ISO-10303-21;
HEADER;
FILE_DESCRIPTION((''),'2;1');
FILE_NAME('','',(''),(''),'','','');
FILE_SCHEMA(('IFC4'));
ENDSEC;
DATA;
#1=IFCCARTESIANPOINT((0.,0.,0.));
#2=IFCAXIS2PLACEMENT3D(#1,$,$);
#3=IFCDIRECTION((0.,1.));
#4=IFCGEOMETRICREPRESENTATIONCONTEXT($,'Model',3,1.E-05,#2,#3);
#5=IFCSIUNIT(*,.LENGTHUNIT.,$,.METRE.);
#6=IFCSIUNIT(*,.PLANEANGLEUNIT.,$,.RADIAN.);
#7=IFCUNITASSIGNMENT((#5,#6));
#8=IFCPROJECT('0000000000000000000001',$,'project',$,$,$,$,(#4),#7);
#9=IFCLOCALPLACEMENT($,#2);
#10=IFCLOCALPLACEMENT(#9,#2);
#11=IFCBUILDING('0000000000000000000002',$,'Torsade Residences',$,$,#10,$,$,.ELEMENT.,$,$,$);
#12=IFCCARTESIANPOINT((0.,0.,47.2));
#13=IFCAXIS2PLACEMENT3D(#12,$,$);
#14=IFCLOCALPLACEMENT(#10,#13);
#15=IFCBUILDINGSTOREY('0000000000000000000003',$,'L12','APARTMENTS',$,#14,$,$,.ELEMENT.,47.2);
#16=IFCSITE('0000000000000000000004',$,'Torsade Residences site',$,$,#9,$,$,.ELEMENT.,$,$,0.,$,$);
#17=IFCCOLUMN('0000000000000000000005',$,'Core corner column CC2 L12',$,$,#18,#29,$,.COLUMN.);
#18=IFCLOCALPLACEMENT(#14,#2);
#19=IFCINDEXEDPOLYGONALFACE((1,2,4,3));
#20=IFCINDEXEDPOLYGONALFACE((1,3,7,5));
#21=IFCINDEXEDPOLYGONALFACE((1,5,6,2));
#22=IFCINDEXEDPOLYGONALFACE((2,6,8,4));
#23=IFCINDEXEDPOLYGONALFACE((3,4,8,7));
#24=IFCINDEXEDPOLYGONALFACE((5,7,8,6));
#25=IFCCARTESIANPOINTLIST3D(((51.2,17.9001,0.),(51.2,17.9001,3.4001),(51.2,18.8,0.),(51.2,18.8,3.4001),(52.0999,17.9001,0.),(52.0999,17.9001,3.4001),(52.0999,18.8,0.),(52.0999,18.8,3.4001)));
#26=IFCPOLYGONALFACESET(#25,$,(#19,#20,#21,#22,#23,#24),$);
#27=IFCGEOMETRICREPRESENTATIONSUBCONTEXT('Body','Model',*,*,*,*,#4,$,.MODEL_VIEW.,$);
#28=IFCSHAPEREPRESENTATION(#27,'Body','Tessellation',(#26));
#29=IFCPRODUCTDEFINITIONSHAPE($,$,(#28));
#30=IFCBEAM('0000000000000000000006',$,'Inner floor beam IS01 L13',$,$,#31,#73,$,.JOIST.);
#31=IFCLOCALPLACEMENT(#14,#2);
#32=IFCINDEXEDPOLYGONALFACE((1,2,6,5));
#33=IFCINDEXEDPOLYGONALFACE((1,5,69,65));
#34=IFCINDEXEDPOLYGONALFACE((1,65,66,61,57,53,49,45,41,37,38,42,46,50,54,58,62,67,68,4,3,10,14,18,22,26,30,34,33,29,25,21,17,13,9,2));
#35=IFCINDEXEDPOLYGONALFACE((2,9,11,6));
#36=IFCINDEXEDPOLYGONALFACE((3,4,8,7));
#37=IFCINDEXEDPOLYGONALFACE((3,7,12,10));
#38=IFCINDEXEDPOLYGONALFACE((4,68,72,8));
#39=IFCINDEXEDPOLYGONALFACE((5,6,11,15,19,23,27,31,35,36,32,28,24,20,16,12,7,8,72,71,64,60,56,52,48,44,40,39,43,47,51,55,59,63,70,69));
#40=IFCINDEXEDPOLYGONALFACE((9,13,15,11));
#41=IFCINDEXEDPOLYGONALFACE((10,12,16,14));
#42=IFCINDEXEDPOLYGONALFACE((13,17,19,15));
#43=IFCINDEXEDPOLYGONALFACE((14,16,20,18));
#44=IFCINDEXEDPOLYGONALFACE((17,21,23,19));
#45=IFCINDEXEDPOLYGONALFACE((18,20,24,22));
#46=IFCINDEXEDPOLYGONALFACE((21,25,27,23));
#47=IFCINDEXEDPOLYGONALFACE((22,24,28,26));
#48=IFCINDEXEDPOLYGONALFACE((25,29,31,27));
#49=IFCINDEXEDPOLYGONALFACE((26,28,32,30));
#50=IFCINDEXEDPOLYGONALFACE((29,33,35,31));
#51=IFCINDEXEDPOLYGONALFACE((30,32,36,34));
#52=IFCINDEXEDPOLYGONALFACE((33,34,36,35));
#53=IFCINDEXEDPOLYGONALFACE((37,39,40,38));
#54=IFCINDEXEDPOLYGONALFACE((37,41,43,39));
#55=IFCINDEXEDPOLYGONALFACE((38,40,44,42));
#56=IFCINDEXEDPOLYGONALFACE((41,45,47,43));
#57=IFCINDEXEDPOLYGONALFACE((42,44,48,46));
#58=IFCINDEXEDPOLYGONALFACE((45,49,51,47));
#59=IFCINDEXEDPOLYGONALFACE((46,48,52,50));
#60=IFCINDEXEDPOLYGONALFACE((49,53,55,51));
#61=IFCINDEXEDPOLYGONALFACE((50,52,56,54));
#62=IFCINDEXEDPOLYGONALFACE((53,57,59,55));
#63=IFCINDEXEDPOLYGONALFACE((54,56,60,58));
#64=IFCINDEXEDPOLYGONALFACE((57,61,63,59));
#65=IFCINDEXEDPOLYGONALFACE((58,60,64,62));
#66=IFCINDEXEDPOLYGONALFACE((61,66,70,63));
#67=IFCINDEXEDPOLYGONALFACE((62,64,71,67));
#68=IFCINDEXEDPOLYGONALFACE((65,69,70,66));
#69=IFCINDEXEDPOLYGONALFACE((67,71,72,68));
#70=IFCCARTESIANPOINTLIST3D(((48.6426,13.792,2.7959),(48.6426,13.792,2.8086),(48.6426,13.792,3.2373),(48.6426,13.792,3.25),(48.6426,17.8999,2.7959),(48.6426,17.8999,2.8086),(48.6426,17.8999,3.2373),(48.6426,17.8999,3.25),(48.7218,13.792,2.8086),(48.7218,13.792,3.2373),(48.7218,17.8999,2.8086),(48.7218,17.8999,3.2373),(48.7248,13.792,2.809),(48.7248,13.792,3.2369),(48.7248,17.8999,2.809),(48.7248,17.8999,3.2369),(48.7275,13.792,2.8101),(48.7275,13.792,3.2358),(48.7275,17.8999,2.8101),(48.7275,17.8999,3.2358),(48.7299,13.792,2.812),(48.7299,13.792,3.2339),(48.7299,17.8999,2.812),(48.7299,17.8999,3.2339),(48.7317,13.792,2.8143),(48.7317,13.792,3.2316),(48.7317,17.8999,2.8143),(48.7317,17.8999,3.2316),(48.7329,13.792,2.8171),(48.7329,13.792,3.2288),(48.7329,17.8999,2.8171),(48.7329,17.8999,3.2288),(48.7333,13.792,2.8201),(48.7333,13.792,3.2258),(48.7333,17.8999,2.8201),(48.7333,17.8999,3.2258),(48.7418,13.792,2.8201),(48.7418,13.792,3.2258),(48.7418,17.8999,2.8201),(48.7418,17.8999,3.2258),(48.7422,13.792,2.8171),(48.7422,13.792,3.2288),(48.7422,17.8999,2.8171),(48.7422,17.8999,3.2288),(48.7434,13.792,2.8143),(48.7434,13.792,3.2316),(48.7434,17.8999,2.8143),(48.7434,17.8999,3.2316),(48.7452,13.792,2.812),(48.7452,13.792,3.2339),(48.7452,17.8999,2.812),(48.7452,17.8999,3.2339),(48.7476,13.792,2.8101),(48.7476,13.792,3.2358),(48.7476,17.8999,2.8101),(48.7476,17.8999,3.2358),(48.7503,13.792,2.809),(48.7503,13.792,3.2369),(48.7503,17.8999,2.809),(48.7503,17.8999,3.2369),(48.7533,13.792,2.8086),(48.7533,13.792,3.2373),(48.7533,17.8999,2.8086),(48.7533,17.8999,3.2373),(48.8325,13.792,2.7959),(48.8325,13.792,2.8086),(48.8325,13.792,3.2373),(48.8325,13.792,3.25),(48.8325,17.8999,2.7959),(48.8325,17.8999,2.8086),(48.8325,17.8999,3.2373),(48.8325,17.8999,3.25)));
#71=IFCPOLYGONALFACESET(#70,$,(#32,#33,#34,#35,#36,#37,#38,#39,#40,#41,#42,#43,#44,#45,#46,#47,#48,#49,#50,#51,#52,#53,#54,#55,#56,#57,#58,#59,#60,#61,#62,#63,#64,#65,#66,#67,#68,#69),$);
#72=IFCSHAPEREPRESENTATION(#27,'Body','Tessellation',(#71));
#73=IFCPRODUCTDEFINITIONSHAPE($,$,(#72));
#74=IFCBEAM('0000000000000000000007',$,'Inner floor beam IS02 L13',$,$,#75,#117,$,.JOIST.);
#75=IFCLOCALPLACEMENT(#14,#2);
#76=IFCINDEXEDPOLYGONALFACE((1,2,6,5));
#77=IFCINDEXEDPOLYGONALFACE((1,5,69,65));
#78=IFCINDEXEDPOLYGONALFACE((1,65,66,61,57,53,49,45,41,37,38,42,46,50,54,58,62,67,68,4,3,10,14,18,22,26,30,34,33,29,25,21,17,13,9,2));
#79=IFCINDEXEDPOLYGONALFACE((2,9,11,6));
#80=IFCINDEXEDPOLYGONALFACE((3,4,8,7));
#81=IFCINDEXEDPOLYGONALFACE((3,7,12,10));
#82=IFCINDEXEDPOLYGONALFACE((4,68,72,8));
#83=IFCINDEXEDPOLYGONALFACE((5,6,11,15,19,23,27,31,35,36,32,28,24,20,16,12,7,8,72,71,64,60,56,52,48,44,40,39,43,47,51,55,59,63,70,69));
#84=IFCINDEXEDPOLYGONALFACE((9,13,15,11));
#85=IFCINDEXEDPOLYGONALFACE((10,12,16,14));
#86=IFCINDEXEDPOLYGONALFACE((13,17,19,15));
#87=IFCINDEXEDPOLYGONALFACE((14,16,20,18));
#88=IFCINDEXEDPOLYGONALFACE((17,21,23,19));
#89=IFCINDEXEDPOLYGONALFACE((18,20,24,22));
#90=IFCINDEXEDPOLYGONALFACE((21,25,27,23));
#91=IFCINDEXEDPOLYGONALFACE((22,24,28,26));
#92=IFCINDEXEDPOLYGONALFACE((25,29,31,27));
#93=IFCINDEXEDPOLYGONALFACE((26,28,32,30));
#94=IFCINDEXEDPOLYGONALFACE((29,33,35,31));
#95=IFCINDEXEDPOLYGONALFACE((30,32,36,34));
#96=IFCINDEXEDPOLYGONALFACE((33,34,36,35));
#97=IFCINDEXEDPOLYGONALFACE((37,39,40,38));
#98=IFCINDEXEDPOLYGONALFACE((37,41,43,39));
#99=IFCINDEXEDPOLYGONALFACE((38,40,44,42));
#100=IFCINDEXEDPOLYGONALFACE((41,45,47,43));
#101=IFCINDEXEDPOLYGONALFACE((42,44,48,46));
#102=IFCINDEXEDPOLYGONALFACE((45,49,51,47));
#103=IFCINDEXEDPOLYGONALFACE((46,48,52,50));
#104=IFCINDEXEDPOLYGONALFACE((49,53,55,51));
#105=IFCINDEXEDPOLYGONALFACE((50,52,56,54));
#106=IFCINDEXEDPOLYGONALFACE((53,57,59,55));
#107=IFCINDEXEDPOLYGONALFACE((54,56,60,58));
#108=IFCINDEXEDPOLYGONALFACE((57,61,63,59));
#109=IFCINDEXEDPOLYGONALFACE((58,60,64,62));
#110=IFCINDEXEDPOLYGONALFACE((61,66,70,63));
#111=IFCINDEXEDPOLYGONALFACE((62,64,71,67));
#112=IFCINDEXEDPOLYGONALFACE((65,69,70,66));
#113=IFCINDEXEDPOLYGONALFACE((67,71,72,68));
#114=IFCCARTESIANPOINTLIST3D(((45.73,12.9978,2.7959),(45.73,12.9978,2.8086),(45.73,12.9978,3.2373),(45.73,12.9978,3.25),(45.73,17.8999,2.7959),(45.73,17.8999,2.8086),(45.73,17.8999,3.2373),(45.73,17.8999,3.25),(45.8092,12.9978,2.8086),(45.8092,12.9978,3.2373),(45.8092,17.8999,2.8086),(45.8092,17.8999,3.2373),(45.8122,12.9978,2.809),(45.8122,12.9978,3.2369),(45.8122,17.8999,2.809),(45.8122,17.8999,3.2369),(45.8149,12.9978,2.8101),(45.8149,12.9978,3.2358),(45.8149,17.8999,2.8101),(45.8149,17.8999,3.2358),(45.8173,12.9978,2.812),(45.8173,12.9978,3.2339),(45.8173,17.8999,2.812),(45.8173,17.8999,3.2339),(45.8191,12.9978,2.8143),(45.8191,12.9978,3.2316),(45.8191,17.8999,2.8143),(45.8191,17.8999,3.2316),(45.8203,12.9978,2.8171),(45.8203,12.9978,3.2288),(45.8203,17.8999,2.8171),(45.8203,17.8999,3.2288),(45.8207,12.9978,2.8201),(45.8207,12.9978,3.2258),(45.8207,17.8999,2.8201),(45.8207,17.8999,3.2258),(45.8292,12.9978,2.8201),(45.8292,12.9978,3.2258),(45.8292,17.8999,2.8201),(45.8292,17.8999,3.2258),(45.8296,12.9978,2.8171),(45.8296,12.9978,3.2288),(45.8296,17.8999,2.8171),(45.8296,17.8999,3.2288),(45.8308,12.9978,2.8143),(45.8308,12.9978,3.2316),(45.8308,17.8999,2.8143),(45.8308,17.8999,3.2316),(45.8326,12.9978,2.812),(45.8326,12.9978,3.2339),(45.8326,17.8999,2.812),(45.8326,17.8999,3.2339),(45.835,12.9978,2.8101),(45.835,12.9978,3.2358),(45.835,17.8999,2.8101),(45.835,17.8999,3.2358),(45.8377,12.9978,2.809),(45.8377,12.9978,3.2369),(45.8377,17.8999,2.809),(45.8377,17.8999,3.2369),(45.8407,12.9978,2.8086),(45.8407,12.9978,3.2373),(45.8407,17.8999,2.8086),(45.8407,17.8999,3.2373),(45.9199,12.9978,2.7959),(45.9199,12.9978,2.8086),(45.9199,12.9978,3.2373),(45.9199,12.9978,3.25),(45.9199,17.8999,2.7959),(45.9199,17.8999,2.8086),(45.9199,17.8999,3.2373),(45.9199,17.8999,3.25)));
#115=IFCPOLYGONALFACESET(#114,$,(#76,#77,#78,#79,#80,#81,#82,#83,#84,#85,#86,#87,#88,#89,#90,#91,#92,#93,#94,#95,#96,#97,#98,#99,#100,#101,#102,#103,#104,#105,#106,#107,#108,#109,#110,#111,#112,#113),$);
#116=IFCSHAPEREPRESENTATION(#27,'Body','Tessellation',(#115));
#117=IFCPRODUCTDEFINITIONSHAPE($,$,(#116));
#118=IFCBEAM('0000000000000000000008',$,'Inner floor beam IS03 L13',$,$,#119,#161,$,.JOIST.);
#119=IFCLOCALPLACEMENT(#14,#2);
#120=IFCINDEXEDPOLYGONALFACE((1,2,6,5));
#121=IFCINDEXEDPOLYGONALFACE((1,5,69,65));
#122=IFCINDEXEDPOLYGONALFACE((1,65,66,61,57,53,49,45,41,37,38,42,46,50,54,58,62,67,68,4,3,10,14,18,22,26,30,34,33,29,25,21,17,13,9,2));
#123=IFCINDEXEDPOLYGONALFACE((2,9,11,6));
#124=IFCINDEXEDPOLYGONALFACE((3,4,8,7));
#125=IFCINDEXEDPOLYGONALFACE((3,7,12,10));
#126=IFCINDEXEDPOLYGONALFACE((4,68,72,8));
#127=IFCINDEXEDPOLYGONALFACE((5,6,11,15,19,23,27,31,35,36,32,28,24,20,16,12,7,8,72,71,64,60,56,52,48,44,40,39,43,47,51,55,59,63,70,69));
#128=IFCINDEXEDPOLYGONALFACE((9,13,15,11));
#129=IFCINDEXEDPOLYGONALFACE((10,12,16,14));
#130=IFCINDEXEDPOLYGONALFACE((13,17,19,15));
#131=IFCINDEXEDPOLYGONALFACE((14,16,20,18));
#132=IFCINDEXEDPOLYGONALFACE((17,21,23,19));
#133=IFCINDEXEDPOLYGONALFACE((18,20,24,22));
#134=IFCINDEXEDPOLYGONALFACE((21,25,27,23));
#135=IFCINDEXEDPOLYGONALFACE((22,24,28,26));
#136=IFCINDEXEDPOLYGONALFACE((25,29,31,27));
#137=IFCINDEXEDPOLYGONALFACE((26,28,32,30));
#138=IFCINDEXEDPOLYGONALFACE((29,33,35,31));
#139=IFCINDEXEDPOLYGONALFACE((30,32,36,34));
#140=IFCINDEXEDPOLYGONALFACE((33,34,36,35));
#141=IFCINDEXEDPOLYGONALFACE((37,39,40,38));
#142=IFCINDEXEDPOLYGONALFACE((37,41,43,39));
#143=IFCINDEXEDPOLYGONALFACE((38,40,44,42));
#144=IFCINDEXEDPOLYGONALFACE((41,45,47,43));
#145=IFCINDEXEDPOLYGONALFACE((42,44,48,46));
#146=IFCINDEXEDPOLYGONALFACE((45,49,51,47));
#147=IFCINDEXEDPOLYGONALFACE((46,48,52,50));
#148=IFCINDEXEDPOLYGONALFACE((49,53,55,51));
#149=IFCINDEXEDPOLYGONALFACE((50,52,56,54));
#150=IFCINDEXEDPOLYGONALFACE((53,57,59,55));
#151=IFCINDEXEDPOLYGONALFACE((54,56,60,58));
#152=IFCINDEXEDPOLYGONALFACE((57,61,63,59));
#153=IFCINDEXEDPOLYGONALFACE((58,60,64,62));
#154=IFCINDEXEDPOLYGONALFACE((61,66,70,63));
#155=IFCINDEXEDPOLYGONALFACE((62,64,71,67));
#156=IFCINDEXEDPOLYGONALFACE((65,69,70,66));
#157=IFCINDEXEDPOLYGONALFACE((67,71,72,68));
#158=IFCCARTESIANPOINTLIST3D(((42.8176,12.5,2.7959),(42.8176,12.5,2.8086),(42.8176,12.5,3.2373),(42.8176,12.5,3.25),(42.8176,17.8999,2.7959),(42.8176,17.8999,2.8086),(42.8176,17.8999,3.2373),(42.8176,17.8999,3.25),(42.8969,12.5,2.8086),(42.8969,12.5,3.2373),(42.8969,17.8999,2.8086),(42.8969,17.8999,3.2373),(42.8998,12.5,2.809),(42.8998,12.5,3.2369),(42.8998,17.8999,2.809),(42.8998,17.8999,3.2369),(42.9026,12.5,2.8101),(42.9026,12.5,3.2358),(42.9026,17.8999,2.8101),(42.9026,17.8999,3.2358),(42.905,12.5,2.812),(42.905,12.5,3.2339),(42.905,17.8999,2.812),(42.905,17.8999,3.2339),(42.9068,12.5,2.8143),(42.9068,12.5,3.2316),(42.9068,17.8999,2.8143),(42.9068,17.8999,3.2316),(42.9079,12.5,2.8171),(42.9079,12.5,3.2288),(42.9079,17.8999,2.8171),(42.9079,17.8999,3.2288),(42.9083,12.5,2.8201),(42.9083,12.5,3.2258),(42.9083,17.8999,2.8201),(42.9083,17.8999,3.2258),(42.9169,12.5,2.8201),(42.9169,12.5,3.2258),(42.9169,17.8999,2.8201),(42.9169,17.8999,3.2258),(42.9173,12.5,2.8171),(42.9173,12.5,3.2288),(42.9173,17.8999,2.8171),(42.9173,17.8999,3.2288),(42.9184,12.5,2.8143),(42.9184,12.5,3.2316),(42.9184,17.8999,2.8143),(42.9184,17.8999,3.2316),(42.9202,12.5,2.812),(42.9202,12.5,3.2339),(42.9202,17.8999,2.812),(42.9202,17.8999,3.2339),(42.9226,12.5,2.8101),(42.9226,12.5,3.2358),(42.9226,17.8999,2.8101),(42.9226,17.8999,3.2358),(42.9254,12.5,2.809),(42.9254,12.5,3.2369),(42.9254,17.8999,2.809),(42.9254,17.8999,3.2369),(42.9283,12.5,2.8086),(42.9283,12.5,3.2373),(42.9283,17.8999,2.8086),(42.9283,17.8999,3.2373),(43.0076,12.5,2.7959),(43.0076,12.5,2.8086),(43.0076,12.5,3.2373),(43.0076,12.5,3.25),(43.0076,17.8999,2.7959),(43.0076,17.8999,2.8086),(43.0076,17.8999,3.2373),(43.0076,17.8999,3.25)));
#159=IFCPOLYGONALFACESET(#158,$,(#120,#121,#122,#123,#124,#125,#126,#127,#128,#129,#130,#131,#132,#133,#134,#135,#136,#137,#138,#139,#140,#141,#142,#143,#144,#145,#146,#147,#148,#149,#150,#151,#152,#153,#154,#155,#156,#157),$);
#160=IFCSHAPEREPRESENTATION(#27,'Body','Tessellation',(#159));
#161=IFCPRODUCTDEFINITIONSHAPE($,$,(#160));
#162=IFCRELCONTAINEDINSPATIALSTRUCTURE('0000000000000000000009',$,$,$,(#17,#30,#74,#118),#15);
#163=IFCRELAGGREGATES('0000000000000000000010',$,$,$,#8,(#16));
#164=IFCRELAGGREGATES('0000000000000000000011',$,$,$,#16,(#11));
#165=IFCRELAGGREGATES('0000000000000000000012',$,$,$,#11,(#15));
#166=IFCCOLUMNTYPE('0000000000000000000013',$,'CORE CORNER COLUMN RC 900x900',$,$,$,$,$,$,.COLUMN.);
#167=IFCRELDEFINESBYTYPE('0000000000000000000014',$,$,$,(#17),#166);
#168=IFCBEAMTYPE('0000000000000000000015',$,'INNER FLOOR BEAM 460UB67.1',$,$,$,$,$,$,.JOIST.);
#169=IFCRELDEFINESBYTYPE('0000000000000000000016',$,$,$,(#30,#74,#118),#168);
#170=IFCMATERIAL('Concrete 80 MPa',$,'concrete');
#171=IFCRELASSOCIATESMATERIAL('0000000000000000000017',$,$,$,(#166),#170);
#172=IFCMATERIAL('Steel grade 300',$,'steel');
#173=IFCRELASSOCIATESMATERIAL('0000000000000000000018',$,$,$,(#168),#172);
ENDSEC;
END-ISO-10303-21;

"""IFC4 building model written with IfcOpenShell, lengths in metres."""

from ifc_helpers import new_model, si_unit, direction, frame, origin, origin_2d, place, context, subcontext, project, spatial, rectangle, i_section, extrude, material, material_profile, profile_set, type_object, element, save


model = new_model("IFC4")

# Units and contexts
model_context = context("Model", 3, precision=1e-05, world=origin(), true_north=direction((0.0, 1.0)))
body_context = subcontext(model_context, "Body", "Model", "MODEL_VIEW")
ifc_project = project(units=[si_unit("LENGTHUNIT", "METRE"), si_unit("PLANEANGLEUNIT", "RADIAN")], contexts=[model_context])

# Site, building, storey
site_placement = place(None, origin())
site = spatial("IfcSite", under=ifc_project, at=site_placement, Name="Torsade Residences site", CompositionType="ELEMENT", RefElevation=0.0)
building_placement = place(site_placement, origin())
building = spatial("IfcBuilding", under=site, at=building_placement, Name="Torsade Residences", CompositionType="ELEMENT")
storey_placement = place(building_placement, frame((0.0, 0.0, 47.2)))
storey = spatial("IfcBuildingStorey", under=building, at=storey_placement, Name="L12", Description="APARTMENTS", CompositionType="ELEMENT", Elevation=47.2)

# Column
ifc_material_1 = material(Name="Concrete 80 MPa", Category="concrete")
ifc_material_profile_1 = material_profile(ifc_material_1, rectangle(XDim=0.8999, YDim=0.8999, at=origin_2d()), Name="RC 900x900")
ifc_profile_set_1 = profile_set([ifc_material_profile_1], Name="Concrete 80 MPa")
column_type = type_object("IfcColumnType", Name="CORE CORNER COLUMN RC 900x900", PredefinedType="COLUMN", material=ifc_profile_set_1)
column_placement = place(storey_placement, frame((51.6499, 18.3501, 0.0), z_axis=(0.0, 0.0, 1.0), x_axis=(1.0, 0.0, 0.0)))
element("IfcColumn", 1, at=column_placement, inside=storey, type_object=column_type, Name="Core corner column CC2 L12", PredefinedType="COLUMN", context=body_context, shape_type="SweptSolid", body=[
    extrude(rectangle(XDim=0.8999, YDim=0.8999, at=origin_2d()), origin(), (0.0, 0.0, 1.0), 3.4001),
])

# Beams
ifc_material_2 = material(Name="Steel grade 300", Category="steel")
ifc_material_profile_2 = material_profile(ifc_material_2, i_section(OverallWidth=0.1899, OverallDepth=0.4541, WebThickness=0.0085, FlangeThickness=0.0127, FilletRadius=0.0115, at=origin_2d()), Name="460UB67.1")
ifc_profile_set_2 = profile_set([ifc_material_profile_2], Name="Steel grade 300")
beam_type_1 = type_object("IfcBeamType", Name="INNER FLOOR BEAM 460UB67.1", PredefinedType="JOIST", material=ifc_profile_set_2)
beam_1_placement = place(storey_placement, frame((48.7375, 17.8999, 3.0229), z_axis=(0.0, -1.0, 0.0), x_axis=(1.0, 0.0, 0.0)))
element("IfcBeam", 2, at=beam_1_placement, inside=storey, type_object=beam_type_1, Name="Inner floor beam IS01 L13", PredefinedType="JOIST", context=body_context, shape_type="SweptSolid", body=[
    extrude(i_section(OverallWidth=0.1899, OverallDepth=0.4541, WebThickness=0.0085, FlangeThickness=0.0127, FilletRadius=0.0115, at=origin_2d()), origin(), (0.0, 0.0, 1.0), 4.1079),
])
beam_2_placement = place(storey_placement, frame((45.825, 17.8999, 3.0229), z_axis=(0.0, -1.0, 0.0), x_axis=(1.0, 0.0, 0.0)))
element("IfcBeam", 3, at=beam_2_placement, inside=storey, type_object=beam_type_1, Name="Inner floor beam IS02 L13", PredefinedType="JOIST", context=body_context, shape_type="SweptSolid", body=[
    extrude(i_section(OverallWidth=0.1899, OverallDepth=0.4541, WebThickness=0.0085, FlangeThickness=0.0127, FilletRadius=0.0115, at=origin_2d()), origin(), (0.0, 0.0, 1.0), 4.9021),
])
for number, where, z_axis, x_axis, name in (
    (4, (42.9126, 17.8999, 3.0229), (0.0, -1.0, 0.0), (1.0, 0.0, 0.0), "Inner floor beam IS03 L13"),
):
    element("IfcBeam", number, at=place(storey_placement, frame(where, z_axis=z_axis, x_axis=x_axis)), inside=storey, type_object=beam_type_1, Name=name, PredefinedType="JOIST", context=body_context, shape_type="SweptSolid", body=[
        extrude(i_section(OverallWidth=0.1899, OverallDepth=0.4541, WebThickness=0.0085, FlangeThickness=0.0127, FilletRadius=0.0115, at=origin_2d()), origin(), (0.0, 0.0, 1.0), 5.3999),
    ])

save(model, "model.ifc")
